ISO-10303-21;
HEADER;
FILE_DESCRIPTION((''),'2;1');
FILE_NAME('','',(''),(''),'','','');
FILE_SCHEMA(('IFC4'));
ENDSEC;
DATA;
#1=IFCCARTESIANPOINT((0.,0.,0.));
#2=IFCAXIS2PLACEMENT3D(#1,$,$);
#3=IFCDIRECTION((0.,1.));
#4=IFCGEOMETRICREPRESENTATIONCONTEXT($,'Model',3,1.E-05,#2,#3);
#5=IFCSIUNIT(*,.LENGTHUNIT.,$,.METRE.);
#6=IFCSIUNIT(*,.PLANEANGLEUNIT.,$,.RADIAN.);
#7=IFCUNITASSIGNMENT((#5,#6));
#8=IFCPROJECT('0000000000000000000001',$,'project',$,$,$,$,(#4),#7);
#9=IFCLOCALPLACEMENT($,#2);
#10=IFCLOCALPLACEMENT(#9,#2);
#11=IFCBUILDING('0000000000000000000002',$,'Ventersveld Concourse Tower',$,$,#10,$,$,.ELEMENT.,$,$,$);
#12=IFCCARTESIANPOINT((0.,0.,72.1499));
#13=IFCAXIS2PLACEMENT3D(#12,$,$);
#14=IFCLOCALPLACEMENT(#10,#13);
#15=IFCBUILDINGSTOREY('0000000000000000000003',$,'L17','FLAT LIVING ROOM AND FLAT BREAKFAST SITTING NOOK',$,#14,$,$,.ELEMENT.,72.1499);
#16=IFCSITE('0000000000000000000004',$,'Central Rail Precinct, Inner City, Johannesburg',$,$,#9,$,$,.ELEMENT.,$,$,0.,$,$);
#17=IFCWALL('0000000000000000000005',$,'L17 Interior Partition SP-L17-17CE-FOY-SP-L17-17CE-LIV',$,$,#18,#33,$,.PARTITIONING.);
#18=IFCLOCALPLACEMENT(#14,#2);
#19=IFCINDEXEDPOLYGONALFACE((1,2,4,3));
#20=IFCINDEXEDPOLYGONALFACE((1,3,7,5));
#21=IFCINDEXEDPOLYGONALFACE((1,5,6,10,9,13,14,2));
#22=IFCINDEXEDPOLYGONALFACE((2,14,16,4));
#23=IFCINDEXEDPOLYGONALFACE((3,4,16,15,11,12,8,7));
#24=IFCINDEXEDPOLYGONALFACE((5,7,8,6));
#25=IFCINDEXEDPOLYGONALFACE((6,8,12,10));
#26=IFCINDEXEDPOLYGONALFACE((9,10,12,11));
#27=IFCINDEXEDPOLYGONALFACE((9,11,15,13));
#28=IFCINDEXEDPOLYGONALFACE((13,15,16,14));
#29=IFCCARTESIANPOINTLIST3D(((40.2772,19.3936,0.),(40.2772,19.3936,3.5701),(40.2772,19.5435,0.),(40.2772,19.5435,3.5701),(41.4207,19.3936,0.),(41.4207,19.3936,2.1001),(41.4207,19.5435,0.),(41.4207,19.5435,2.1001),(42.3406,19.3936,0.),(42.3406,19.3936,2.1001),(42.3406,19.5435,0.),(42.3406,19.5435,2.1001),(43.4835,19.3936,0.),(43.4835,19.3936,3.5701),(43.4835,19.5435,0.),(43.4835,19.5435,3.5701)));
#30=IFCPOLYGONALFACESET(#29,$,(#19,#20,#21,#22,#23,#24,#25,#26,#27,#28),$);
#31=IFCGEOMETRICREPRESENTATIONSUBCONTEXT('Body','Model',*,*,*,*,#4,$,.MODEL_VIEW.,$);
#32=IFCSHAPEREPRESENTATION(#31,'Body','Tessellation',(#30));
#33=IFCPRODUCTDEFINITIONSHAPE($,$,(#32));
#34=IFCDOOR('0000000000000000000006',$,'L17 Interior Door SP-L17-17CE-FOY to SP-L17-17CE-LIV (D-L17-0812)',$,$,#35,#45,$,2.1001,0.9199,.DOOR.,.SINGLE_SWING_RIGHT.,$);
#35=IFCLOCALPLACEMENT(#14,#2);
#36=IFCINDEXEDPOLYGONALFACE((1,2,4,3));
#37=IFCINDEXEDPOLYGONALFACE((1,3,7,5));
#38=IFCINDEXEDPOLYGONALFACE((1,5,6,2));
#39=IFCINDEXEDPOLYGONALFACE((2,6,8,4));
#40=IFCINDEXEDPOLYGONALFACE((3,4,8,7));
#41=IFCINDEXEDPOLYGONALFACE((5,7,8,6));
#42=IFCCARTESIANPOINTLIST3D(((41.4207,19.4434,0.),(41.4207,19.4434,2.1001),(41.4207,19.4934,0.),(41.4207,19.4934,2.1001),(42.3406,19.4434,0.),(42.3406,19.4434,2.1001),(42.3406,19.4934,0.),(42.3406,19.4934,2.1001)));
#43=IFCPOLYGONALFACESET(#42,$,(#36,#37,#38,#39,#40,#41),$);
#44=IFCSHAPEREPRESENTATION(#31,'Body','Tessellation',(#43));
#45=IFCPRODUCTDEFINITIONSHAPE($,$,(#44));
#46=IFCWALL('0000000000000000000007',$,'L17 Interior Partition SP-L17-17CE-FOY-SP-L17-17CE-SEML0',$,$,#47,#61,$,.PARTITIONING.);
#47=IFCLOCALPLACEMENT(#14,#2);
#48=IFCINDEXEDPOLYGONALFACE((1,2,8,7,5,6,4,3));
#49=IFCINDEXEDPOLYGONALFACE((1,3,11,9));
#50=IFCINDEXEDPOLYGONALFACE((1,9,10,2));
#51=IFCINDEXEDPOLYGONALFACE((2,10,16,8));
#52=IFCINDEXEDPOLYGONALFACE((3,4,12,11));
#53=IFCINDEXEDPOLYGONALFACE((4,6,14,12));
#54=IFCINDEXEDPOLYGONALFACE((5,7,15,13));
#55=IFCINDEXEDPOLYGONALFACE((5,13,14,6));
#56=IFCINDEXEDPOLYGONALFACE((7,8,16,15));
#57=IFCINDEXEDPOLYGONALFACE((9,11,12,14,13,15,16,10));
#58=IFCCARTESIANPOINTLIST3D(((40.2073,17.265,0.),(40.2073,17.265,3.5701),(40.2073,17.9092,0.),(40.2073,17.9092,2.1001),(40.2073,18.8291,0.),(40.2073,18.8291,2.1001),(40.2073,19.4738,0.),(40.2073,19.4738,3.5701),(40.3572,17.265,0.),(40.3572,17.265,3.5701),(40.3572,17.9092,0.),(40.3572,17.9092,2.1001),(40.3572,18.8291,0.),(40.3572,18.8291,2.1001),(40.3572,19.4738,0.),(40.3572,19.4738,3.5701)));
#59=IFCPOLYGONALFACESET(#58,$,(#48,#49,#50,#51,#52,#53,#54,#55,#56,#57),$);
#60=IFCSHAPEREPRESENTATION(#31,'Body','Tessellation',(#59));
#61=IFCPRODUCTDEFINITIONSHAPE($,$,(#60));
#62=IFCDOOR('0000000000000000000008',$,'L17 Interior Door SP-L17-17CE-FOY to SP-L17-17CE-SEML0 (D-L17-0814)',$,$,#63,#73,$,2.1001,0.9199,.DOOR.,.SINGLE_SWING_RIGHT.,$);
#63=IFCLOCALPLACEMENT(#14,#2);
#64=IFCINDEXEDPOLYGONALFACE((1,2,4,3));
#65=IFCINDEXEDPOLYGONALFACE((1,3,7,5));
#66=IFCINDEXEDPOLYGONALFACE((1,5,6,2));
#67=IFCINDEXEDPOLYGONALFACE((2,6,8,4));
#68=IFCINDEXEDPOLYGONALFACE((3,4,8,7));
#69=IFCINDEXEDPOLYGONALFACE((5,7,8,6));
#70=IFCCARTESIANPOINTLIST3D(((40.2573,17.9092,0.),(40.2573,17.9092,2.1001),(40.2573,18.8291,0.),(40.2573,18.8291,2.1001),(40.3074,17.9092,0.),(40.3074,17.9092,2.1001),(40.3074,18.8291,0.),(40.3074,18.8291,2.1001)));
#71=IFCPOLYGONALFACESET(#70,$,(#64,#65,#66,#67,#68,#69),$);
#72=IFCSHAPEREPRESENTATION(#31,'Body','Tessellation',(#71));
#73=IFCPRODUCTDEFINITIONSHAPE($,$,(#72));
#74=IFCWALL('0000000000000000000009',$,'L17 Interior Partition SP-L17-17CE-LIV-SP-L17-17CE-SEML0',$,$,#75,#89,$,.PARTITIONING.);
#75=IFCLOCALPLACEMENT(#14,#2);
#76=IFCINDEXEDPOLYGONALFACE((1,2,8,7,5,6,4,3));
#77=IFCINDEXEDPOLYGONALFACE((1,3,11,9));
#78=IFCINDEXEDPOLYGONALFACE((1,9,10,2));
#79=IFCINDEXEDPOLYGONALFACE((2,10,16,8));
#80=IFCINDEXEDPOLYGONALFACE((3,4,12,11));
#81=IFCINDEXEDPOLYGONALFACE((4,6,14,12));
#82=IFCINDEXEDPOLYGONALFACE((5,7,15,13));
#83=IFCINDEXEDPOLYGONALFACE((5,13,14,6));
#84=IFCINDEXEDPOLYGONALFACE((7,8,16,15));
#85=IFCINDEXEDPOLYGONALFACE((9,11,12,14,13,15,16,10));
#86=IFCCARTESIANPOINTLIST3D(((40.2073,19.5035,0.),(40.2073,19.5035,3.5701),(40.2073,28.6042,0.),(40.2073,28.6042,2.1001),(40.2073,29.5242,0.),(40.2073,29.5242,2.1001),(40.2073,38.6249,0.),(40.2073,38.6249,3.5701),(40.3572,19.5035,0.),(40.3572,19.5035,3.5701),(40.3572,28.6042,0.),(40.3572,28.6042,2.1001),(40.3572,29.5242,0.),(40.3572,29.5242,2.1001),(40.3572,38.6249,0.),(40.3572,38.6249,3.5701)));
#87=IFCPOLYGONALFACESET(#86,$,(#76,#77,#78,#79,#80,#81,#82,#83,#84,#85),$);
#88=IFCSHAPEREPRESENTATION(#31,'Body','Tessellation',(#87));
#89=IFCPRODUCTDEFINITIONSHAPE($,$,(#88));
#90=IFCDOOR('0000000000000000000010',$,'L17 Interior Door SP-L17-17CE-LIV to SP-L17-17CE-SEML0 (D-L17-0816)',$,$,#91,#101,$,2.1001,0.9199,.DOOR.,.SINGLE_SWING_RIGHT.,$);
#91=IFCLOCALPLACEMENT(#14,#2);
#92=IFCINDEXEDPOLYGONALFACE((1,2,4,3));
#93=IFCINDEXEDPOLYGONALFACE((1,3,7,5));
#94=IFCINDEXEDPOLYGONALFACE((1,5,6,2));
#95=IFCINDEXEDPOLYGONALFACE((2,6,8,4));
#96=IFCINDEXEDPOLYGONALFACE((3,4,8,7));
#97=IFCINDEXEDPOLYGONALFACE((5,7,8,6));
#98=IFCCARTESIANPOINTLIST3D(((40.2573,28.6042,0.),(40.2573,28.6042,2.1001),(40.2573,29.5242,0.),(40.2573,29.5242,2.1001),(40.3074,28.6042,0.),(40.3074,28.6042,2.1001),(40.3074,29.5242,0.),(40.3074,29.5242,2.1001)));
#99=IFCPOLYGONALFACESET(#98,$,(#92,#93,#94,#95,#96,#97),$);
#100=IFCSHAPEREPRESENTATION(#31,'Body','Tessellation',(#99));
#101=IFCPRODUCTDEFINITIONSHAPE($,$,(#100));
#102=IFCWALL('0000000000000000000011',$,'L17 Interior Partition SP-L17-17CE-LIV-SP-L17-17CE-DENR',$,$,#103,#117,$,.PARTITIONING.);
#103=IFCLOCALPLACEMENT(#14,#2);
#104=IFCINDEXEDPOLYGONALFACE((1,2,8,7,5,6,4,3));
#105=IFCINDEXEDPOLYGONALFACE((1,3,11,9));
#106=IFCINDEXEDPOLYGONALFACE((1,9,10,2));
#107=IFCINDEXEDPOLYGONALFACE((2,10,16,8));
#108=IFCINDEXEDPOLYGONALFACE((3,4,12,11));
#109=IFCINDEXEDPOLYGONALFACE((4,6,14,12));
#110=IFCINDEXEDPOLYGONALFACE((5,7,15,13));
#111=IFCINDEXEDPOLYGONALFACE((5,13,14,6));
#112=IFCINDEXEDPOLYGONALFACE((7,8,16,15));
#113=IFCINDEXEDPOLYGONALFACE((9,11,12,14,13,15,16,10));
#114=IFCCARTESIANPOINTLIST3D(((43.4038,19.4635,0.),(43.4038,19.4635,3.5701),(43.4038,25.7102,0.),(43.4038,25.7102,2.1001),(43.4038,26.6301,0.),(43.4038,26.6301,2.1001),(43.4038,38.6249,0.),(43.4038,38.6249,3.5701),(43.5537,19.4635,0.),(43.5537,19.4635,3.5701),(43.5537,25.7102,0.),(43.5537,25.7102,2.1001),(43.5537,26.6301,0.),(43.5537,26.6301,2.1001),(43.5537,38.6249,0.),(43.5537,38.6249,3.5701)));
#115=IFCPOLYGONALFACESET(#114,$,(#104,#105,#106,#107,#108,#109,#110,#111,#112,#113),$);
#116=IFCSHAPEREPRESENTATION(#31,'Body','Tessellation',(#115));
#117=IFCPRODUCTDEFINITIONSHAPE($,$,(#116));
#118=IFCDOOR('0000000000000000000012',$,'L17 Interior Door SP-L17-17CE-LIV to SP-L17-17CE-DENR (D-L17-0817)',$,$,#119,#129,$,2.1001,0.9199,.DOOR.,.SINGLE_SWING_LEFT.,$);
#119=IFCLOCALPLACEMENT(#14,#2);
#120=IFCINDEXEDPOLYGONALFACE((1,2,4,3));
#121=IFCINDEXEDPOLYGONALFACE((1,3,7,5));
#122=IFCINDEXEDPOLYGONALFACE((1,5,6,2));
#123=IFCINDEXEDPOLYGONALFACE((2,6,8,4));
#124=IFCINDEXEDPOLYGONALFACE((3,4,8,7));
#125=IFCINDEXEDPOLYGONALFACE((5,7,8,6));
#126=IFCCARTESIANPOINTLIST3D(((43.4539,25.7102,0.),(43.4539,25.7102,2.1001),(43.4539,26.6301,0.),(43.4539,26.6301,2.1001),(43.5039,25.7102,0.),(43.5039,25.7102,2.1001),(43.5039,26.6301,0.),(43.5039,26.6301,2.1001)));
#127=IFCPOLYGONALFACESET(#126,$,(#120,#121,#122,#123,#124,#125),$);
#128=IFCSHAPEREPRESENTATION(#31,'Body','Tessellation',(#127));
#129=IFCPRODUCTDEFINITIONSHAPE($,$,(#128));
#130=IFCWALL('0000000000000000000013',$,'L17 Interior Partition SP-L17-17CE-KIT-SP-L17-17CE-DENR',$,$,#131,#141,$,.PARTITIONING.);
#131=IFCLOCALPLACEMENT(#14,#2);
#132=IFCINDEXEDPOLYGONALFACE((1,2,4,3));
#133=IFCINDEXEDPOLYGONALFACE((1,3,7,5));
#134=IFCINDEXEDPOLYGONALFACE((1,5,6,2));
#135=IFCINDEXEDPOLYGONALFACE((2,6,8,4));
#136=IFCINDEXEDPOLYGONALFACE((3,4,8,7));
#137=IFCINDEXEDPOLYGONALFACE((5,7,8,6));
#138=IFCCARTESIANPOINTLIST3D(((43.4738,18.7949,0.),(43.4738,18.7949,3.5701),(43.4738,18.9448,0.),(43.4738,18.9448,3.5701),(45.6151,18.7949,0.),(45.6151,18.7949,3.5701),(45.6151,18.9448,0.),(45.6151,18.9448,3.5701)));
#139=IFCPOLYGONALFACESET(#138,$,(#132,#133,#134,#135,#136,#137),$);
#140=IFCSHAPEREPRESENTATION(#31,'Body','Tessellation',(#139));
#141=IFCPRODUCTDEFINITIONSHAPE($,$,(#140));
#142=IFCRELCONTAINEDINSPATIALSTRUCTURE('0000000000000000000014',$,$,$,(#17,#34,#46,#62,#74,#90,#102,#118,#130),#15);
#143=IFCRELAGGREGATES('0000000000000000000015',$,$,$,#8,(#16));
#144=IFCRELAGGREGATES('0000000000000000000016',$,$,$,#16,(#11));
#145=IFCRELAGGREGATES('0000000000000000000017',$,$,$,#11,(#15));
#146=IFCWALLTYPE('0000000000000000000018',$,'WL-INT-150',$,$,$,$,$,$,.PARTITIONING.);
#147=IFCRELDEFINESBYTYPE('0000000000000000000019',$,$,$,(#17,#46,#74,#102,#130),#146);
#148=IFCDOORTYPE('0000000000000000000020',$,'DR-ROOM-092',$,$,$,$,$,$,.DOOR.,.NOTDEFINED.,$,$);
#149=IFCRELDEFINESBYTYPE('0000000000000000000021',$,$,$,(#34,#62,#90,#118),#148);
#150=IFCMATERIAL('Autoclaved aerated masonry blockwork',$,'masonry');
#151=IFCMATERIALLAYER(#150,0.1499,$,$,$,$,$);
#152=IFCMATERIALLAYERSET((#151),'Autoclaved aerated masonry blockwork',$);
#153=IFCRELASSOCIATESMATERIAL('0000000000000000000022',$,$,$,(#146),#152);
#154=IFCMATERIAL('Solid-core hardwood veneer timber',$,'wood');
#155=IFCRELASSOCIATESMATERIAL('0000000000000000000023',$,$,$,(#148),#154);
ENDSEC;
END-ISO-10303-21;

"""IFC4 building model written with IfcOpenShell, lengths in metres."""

from ifc_helpers import new_model, si_unit, direction, frame, frame_2d, origin, place, context, subcontext, project, spatial, rectangle, extrude, material, layer, layer_set, type_object, element, fill, save


model = new_model("IFC4")

# Units and contexts
model_context = context("Model", 3, precision=1e-05, world=origin(), true_north=direction((0.0, 1.0)))
body_context = subcontext(model_context, "Body", "Model", "MODEL_VIEW")
ifc_project = project(units=[si_unit("LENGTHUNIT", "METRE"), si_unit("PLANEANGLEUNIT", "RADIAN")], contexts=[model_context])

# Site, building, storey
site_placement = place(None, origin())
site = spatial("IfcSite", under=ifc_project, at=site_placement, Name="Central Rail Precinct, Inner City, Johannesburg", CompositionType="ELEMENT", RefElevation=0.0)
building_placement = place(site_placement, origin())
building = spatial("IfcBuilding", under=site, at=building_placement, Name="Ventersveld Concourse Tower", CompositionType="ELEMENT")
storey_placement = place(building_placement, frame((0.0, 0.0, 72.1499)))
storey = spatial("IfcBuildingStorey", under=building, at=storey_placement, Name="L17", Description="FLAT LIVING ROOM AND FLAT BREAKFAST SITTING NOOK", CompositionType="ELEMENT", Elevation=72.1499)

# Shared definitions
ifc_material_1 = material(Name="Autoclaved aerated masonry blockwork", Category="masonry")
ifc_layer_1 = layer(ifc_material_1, 0.1499)
ifc_layer_set_1 = layer_set([ifc_layer_1], Name="Autoclaved aerated masonry blockwork")
wall_type_1 = type_object("IfcWallType", Name="WL-INT-150", PredefinedType="PARTITIONING", material=ifc_layer_set_1)
ifc_material_2 = material(Name="Solid-core hardwood veneer timber", Category="wood")
door_type = type_object("IfcDoorType", Name="DR-ROOM-092", OperationType="NOTDEFINED", PredefinedType="DOOR", material=ifc_material_2)

# Walls, openings, doors
wall_1_placement = place(storey_placement, frame((40.2773, 19.4685, 0.0), z_axis=(0.0, 0.0, 1.0), x_axis=(1.0, 0.0, 0.0)))
wall_1 = element("IfcWall", 1, at=wall_1_placement, inside=storey, type_object=wall_type_1, Name="L17 Interior Partition SP-L17-17CE-FOY-SP-L17-17CE-LIV", PredefinedType="PARTITIONING", context=body_context, shape_type="SweptSolid", body=[
    extrude(rectangle(XDim=3.2063, YDim=0.1499, at=frame_2d((1.603, 0.0))), origin(), (0.0, 0.0, 1.0), 3.5701),
])
opening_1_placement = place(wall_1_placement, frame((1.1433, 0.0, 0.0)))
opening_1 = element("IfcOpeningElement", 2, at=opening_1_placement, cuts=wall_1, PredefinedType="OPENING", context=body_context, shape_type="SweptSolid", body=[
    extrude(rectangle(XDim=0.9199, YDim=2.1001, at=frame_2d((0.46, 1.05))), frame((0.0, 0.085, 0.0), z_axis=(0.0, -1.0, 0.0), x_axis=(1.0, 0.0, 0.0)), (0.0, 0.0, 1.0), 0.1699),
])
door_1_placement = place(opening_1_placement, origin())
door_1 = element("IfcDoor", 3, at=door_1_placement, inside=storey, type_object=door_type, Name="L17 Interior Door SP-L17-17CE-FOY to SP-L17-17CE-LIV (D-L17-0812)", OperationType="SINGLE_SWING_RIGHT", OverallHeight=2.1001, OverallWidth=0.9199, PredefinedType="DOOR", context=body_context, shape_type="SweptSolid", body=[
    extrude(rectangle(XDim=0.9199, YDim=2.1001, at=frame_2d((0.46, 1.05))), frame((0.0, 0.0249, 0.0), z_axis=(0.0, -1.0, 0.0), x_axis=(1.0, 0.0, 0.0)), (0.0, 0.0, 1.0), 0.05),
])
fill(opening_1, door_1)
wall_2_placement = place(storey_placement, frame((40.2822, 17.2649, 0.0), z_axis=(0.0, 0.0, 1.0), x_axis=(0.0, 1.0, 0.0)))
wall_2 = element("IfcWall", 4, at=wall_2_placement, inside=storey, type_object=wall_type_1, Name="L17 Interior Partition SP-L17-17CE-FOY-SP-L17-17CE-SEML0", PredefinedType="PARTITIONING", context=body_context, shape_type="SweptSolid", body=[
    extrude(rectangle(XDim=2.2087, YDim=0.1499, at=frame_2d((1.1045, 0.0))), origin(), (0.0, 0.0, 1.0), 3.5701),
])
opening_2_placement = place(wall_2_placement, frame((0.6443, 0.0, 0.0)))
opening_2 = element("IfcOpeningElement", 5, at=opening_2_placement, cuts=wall_2, PredefinedType="OPENING", context=body_context, shape_type="SweptSolid", body=[
    extrude(rectangle(XDim=0.9199, YDim=2.1001, at=frame_2d((0.46, 1.05))), frame((0.0, 0.085, 0.0), z_axis=(0.0, -1.0, 0.0), x_axis=(1.0, 0.0, 0.0)), (0.0, 0.0, 1.0), 0.1699),
])
door_2_placement = place(opening_2_placement, origin())
door_2 = element("IfcDoor", 6, at=door_2_placement, inside=storey, type_object=door_type, Name="L17 Interior Door SP-L17-17CE-FOY to SP-L17-17CE-SEML0 (D-L17-0814)", OperationType="SINGLE_SWING_RIGHT", OverallHeight=2.1001, OverallWidth=0.9199, PredefinedType="DOOR", context=body_context, shape_type="SweptSolid", body=[
    extrude(rectangle(XDim=0.9199, YDim=2.1001, at=frame_2d((0.46, 1.05))), frame((0.0, 0.0249, 0.0), z_axis=(0.0, -1.0, 0.0), x_axis=(1.0, 0.0, 0.0)), (0.0, 0.0, 1.0), 0.05),
])
fill(opening_2, door_2)
wall_3_placement = place(storey_placement, frame((40.2822, 19.5037, 0.0), z_axis=(0.0, 0.0, 1.0), x_axis=(0.0, 1.0, 0.0)))
wall_3 = element("IfcWall", 7, at=wall_3_placement, inside=storey, type_object=wall_type_1, Name="L17 Interior Partition SP-L17-17CE-LIV-SP-L17-17CE-SEML0", PredefinedType="PARTITIONING", context=body_context, shape_type="SweptSolid", body=[
    extrude(rectangle(XDim=19.1213, YDim=0.1499, at=frame_2d((9.5605, 0.0))), origin(), (0.0, 0.0, 1.0), 3.5701),
])
opening_3_placement = place(wall_3_placement, frame((9.1006, 0.0, 0.0)))
opening_3 = element("IfcOpeningElement", 8, at=opening_3_placement, cuts=wall_3, PredefinedType="OPENING", context=body_context, shape_type="SweptSolid", body=[
    extrude(rectangle(XDim=0.9199, YDim=2.1001, at=frame_2d((0.46, 1.05))), frame((0.0, 0.085, 0.0), z_axis=(0.0, -1.0, 0.0), x_axis=(1.0, 0.0, 0.0)), (0.0, 0.0, 1.0), 0.1699),
])
door_3_placement = place(opening_3_placement, origin())
door_3 = element("IfcDoor", 9, at=door_3_placement, inside=storey, type_object=door_type, Name="L17 Interior Door SP-L17-17CE-LIV to SP-L17-17CE-SEML0 (D-L17-0816)", OperationType="SINGLE_SWING_RIGHT", OverallHeight=2.1001, OverallWidth=0.9199, PredefinedType="DOOR", context=body_context, shape_type="SweptSolid", body=[
    extrude(rectangle(XDim=0.9199, YDim=2.1001, at=frame_2d((0.46, 1.05))), frame((0.0, 0.0249, 0.0), z_axis=(0.0, -1.0, 0.0), x_axis=(1.0, 0.0, 0.0)), (0.0, 0.0, 1.0), 0.05),
])
fill(opening_3, door_3)
wall_4_placement = place(storey_placement, frame((43.4788, 19.4636, 0.0), z_axis=(0.0, 0.0, 1.0), x_axis=(0.0, 1.0, 0.0)))
wall_4 = element("IfcWall", 10, at=wall_4_placement, inside=storey, type_object=wall_type_1, Name="L17 Interior Partition SP-L17-17CE-LIV-SP-L17-17CE-DENR", PredefinedType="PARTITIONING", context=body_context, shape_type="SweptSolid", body=[
    extrude(rectangle(XDim=19.1614, YDim=0.1499, at=frame_2d((9.5806, 0.0))), origin(), (0.0, 0.0, 1.0), 3.5701),
])
opening_4_placement = place(wall_4_placement, frame((6.2466, 0.0, 0.0)))
opening_4 = element("IfcOpeningElement", 11, at=opening_4_placement, cuts=wall_4, PredefinedType="OPENING", context=body_context, shape_type="SweptSolid", body=[
    extrude(rectangle(XDim=0.9199, YDim=2.1001, at=frame_2d((0.46, 1.05))), frame((0.0, 0.085, 0.0), z_axis=(0.0, -1.0, 0.0), x_axis=(1.0, 0.0, 0.0)), (0.0, 0.0, 1.0), 0.1699),
])
door_4_placement = place(opening_4_placement, origin())
door_4 = element("IfcDoor", 12, at=door_4_placement, inside=storey, type_object=door_type, Name="L17 Interior Door SP-L17-17CE-LIV to SP-L17-17CE-DENR (D-L17-0817)", OperationType="SINGLE_SWING_LEFT", OverallHeight=2.1001, OverallWidth=0.9199, PredefinedType="DOOR", context=body_context, shape_type="SweptSolid", body=[
    extrude(rectangle(XDim=0.9199, YDim=2.1001, at=frame_2d((0.46, 1.05))), frame((0.0, 0.0249, 0.0), z_axis=(0.0, -1.0, 0.0), x_axis=(1.0, 0.0, 0.0)), (0.0, 0.0, 1.0), 0.05),
])
fill(opening_4, door_4)

# Wall
wall_5_placement = place(storey_placement, frame((43.4736, 18.8699, 0.0), z_axis=(0.0, 0.0, 1.0), x_axis=(1.0, 0.0, 0.0)))
element("IfcWall", 13, at=wall_5_placement, inside=storey, type_object=wall_type_1, Name="L17 Interior Partition SP-L17-17CE-KIT-SP-L17-17CE-DENR", PredefinedType="PARTITIONING", context=body_context, shape_type="SweptSolid", body=[
    extrude(rectangle(XDim=2.1414, YDim=0.1499, at=frame_2d((1.0708, 0.0))), origin(), (0.0, 0.0, 1.0), 3.5701),
])

save(model, "model.ifc")
